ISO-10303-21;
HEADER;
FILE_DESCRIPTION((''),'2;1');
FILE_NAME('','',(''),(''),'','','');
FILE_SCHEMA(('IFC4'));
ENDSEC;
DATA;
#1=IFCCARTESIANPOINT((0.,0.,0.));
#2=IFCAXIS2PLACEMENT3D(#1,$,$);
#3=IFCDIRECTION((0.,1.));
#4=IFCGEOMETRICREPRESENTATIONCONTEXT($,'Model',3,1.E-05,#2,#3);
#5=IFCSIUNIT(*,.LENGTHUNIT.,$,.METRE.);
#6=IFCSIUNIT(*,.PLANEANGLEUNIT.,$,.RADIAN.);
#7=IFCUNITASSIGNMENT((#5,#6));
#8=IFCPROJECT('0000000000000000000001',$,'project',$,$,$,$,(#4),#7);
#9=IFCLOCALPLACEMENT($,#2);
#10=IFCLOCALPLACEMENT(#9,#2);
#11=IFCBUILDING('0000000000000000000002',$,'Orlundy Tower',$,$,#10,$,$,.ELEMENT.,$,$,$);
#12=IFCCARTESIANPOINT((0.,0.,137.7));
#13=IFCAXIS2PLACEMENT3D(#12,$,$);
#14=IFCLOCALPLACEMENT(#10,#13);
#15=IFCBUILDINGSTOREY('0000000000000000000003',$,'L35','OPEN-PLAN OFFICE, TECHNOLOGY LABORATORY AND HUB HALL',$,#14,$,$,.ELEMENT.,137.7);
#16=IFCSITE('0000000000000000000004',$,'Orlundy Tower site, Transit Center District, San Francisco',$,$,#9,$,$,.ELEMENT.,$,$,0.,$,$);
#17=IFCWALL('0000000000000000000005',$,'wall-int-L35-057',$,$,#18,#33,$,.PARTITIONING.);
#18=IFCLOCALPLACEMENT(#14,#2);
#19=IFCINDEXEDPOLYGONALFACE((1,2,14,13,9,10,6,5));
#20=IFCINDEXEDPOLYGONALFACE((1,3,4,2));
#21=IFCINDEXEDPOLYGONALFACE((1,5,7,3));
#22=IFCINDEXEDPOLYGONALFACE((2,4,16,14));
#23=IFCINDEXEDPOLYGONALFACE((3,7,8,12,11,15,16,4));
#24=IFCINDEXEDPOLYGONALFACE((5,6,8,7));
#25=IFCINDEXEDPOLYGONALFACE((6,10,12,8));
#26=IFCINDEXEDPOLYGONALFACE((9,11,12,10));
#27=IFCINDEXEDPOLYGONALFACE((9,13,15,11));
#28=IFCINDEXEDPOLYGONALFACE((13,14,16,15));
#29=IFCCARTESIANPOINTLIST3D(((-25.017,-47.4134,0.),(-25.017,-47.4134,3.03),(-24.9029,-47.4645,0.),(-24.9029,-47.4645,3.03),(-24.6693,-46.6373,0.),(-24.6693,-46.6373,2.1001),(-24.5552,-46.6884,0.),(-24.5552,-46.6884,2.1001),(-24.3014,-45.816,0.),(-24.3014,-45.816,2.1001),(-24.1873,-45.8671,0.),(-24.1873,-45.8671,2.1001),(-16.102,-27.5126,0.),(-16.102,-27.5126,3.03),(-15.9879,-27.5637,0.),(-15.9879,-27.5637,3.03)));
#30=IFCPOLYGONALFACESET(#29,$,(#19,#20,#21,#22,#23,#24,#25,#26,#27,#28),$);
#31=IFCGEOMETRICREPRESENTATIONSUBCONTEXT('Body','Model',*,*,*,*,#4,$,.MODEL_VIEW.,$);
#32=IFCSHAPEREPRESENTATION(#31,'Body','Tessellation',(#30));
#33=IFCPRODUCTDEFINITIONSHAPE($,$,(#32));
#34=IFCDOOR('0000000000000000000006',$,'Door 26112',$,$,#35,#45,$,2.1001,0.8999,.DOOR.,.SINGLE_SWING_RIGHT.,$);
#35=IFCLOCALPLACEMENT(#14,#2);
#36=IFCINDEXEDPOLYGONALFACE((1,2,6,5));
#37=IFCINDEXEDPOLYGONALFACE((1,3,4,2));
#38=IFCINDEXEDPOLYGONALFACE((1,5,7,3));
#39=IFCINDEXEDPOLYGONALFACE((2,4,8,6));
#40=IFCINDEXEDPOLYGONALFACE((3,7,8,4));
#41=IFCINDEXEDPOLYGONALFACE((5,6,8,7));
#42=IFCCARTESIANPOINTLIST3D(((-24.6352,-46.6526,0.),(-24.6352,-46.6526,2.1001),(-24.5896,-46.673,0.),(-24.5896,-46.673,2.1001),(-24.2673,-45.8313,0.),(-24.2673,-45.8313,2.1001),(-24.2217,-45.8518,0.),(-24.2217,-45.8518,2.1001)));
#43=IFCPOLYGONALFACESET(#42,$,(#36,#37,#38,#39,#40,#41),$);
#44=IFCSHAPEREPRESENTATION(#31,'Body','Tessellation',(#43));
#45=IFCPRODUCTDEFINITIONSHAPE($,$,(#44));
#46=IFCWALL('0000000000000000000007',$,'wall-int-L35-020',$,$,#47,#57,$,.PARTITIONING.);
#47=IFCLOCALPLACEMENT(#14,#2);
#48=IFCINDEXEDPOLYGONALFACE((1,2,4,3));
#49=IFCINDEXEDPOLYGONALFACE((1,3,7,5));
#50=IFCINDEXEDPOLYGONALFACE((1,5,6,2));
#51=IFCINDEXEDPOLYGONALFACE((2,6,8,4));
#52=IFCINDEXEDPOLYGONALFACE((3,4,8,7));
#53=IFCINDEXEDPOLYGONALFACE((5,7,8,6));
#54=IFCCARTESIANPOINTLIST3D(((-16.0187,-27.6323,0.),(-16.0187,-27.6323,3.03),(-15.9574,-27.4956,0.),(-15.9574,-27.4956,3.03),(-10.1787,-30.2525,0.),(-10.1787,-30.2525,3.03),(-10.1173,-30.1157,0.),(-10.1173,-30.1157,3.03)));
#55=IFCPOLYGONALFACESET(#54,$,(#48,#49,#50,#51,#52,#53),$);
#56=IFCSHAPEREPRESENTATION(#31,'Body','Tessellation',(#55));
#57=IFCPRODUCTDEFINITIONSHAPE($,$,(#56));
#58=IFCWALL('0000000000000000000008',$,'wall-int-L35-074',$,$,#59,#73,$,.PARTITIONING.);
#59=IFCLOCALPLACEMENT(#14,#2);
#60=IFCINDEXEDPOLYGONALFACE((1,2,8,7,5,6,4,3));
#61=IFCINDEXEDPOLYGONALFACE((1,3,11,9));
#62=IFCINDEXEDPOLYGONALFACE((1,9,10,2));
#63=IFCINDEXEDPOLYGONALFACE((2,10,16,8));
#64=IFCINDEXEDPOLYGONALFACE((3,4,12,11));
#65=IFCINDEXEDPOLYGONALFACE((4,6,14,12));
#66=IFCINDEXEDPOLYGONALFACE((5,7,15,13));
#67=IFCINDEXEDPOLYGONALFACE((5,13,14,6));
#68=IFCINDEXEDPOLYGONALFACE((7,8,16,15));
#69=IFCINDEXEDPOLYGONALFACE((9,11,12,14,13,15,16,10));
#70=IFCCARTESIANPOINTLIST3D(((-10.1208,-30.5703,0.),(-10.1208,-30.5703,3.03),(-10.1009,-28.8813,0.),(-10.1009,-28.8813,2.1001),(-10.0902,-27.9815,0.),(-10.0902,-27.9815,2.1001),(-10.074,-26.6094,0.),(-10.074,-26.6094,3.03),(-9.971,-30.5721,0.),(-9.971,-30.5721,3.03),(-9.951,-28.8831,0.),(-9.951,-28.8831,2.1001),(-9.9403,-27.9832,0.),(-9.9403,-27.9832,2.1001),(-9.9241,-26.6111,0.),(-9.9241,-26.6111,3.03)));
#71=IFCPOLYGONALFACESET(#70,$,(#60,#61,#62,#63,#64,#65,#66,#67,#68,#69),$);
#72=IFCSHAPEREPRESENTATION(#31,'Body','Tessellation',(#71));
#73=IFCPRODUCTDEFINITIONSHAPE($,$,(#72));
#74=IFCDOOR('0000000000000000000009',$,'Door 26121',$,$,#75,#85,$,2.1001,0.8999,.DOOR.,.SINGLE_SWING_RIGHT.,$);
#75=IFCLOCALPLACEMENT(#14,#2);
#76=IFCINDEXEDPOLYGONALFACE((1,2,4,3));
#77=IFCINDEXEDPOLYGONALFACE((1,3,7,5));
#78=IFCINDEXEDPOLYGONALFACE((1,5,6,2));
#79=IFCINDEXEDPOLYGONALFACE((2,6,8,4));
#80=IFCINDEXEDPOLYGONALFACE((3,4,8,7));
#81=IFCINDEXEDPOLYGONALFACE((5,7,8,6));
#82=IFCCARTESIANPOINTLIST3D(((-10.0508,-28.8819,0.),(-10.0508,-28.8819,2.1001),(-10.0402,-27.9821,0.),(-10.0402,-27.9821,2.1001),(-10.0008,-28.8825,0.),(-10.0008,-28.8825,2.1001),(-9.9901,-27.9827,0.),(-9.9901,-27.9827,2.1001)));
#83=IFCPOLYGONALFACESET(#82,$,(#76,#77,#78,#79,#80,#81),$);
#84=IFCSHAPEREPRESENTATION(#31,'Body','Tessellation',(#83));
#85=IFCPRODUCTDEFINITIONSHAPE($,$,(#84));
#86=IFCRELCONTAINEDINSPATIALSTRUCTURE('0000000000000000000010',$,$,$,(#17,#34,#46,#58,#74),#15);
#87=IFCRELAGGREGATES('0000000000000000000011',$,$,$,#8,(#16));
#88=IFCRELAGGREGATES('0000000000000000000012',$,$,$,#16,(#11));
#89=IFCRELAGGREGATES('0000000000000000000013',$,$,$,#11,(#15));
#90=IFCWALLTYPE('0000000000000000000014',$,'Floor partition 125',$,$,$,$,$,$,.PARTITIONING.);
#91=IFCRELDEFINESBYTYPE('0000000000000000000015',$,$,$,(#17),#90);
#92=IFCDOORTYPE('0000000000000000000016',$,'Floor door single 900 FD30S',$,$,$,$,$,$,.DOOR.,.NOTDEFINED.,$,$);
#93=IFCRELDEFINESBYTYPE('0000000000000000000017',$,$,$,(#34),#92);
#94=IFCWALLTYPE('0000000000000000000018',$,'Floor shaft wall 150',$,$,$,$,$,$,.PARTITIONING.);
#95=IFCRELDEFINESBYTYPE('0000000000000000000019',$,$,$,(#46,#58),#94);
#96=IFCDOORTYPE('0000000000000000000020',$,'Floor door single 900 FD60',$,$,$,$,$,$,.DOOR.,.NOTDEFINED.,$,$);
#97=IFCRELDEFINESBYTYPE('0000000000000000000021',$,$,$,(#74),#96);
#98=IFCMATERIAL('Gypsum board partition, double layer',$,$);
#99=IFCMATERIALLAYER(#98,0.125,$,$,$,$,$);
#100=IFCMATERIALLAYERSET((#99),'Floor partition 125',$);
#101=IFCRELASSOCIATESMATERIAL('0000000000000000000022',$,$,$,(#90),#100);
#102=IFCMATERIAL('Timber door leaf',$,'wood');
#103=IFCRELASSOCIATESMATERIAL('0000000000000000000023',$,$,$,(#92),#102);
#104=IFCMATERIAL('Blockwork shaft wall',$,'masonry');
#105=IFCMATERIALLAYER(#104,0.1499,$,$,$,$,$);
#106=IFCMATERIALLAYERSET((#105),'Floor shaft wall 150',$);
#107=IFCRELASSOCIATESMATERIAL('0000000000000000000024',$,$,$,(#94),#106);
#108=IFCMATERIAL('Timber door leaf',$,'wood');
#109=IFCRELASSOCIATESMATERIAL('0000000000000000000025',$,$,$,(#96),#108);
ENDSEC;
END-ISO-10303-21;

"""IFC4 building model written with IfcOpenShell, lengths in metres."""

from ifc_helpers import new_model, si_unit, direction, frame, frame_2d, origin, place, context, subcontext, project, spatial, rectangle, extrude, material, layer, layer_set, type_object, element, fill, save


model = new_model("IFC4")

# Units and contexts
model_context = context("Model", 3, precision=1e-05, world=origin(), true_north=direction((0.0, 1.0)))
body_context = subcontext(model_context, "Body", "Model", "MODEL_VIEW")
ifc_project = project(units=[si_unit("LENGTHUNIT", "METRE"), si_unit("PLANEANGLEUNIT", "RADIAN")], contexts=[model_context])

# Site, building, storey
site_placement = place(None, origin())
site = spatial("IfcSite", under=ifc_project, at=site_placement, Name="Orlundy Tower site, Transit Center District, San Francisco", CompositionType="ELEMENT", RefElevation=0.0)
building_placement = place(site_placement, origin())
building = spatial("IfcBuilding", under=site, at=building_placement, Name="Orlundy Tower", CompositionType="ELEMENT")
storey_placement = place(building_placement, frame((0.0, 0.0, 137.7)))
storey = spatial("IfcBuildingStorey", under=building, at=storey_placement, Name="L35", Description="OPEN-PLAN OFFICE, TECHNOLOGY LABORATORY AND HUB HALL", CompositionType="ELEMENT", Elevation=137.7)

# Shared definitions
ifc_material_1 = material(Name="Gypsum board partition, double layer")
ifc_layer_1 = layer(ifc_material_1, 0.125)
ifc_layer_set_1 = layer_set([ifc_layer_1], Name="Floor partition 125")
wall_type_1 = type_object("IfcWallType", Name="Floor partition 125", PredefinedType="PARTITIONING", material=ifc_layer_set_1)

# Shared definitions
ifc_material_2 = material(Name="Timber door leaf", Category="wood")
door_type_1 = type_object("IfcDoorType", Name="Floor door single 900 FD30S", OperationType="NOTDEFINED", PredefinedType="DOOR", material=ifc_material_2)

# Wall, opening, door
wall_1_placement = place(storey_placement, frame((-16.0449, -27.5381, 0.0), z_axis=(0.0, 0.0, 1.0), x_axis=(-0.408825, -0.912613, 0.0)))
wall_1 = element("IfcWall", 1, at=wall_1_placement, inside=storey, type_object=wall_type_1, Name="wall-int-L35-057", PredefinedType="PARTITIONING", context=body_context, shape_type="SweptSolid", body=[
    extrude(rectangle(XDim=21.8064, YDim=0.125, at=frame_2d((10.9033, 0.0))), origin(), (0.0, 0.0, 1.0), 3.03),
])
opening_1_placement = place(wall_1_placement, frame((20.0562, 0.0, 0.0)))
opening_1 = element("IfcOpeningElement", 2, at=opening_1_placement, cuts=wall_1, PredefinedType="OPENING", context=body_context, shape_type="SweptSolid", body=[
    extrude(rectangle(XDim=0.8999, YDim=2.1001, at=frame_2d((0.45, 1.05))), frame((0.0, 0.0725, 0.0), z_axis=(0.0, -1.0, 0.0), x_axis=(1.0, 0.0, 0.0)), (0.0, 0.0, 1.0), 0.145),
])
door_1_placement = place(opening_1_placement, origin())
door_1 = element("IfcDoor", 3, at=door_1_placement, inside=storey, type_object=door_type_1, Name="Door 26112", OperationType="SINGLE_SWING_RIGHT", OverallHeight=2.1001, OverallWidth=0.8999, PredefinedType="DOOR", context=body_context, shape_type="SweptSolid", body=[
    extrude(rectangle(XDim=0.8999, YDim=2.1001, at=frame_2d((0.45, 1.05))), frame((0.0, 0.0249, 0.0), z_axis=(0.0, -1.0, 0.0), x_axis=(1.0, 0.0, 0.0)), (0.0, 0.0, 1.0), 0.05),
])
fill(opening_1, door_1)

# Wall
ifc_material_3 = material(Name="Blockwork shaft wall", Category="masonry")
ifc_layer_2 = layer(ifc_material_3, 0.1499)
ifc_layer_set_2 = layer_set([ifc_layer_2], Name="Floor shaft wall 150")
wall_type_2 = type_object("IfcWallType", Name="Floor shaft wall 150", PredefinedType="PARTITIONING", material=ifc_layer_set_2)
wall_2_placement = place(storey_placement, frame((-15.988, -27.564, 0.0), z_axis=(0.0, 0.0, 1.0), x_axis=(0.912384, -0.409335, 0.0)))
element("IfcWall", 4, at=wall_2_placement, inside=storey, type_object=wall_type_2, Name="wall-int-L35-020", PredefinedType="PARTITIONING", context=body_context, shape_type="SweptSolid", body=[
    extrude(rectangle(XDim=6.4009, YDim=0.1499, at=frame_2d((3.2004, 0.0))), origin(), (0.0, 0.0, 1.0), 3.03),
])

# Wall, opening, door
wall_3_placement = place(storey_placement, frame((-10.0459, -30.571, 0.0), z_axis=(0.0, 0.0, 1.0), x_axis=(0.011833, 0.99993, 0.0)))
wall_3 = element("IfcWall", 5, at=wall_3_placement, inside=storey, type_object=wall_type_2, Name="wall-int-L35-074", PredefinedType="PARTITIONING", context=body_context, shape_type="SweptSolid", body=[
    extrude(rectangle(XDim=3.9612, YDim=0.1499, at=frame_2d((1.9805, 0.0))), origin(), (0.0, 0.0, 1.0), 3.03),
])
opening_2_placement = place(wall_3_placement, frame((1.689, 0.0, 0.0)))
opening_2 = element("IfcOpeningElement", 6, at=opening_2_placement, cuts=wall_3, PredefinedType="OPENING", context=body_context, shape_type="SweptSolid", body=[
    extrude(rectangle(XDim=0.8999, YDim=2.1001, at=frame_2d((0.45, 1.05))), frame((0.0, 0.085, 0.0), z_axis=(0.0, -1.0, 0.0), x_axis=(1.0, 0.0, 0.0)), (0.0, 0.0, 1.0), 0.1699),
])
ifc_material_4 = material(Name="Timber door leaf", Category="wood")
door_type_2 = type_object("IfcDoorType", Name="Floor door single 900 FD60", OperationType="NOTDEFINED", PredefinedType="DOOR", material=ifc_material_4)
door_2_placement = place(opening_2_placement, origin())
door_2 = element("IfcDoor", 7, at=door_2_placement, inside=storey, type_object=door_type_2, Name="Door 26121", OperationType="SINGLE_SWING_RIGHT", OverallHeight=2.1001, OverallWidth=0.8999, PredefinedType="DOOR", context=body_context, shape_type="SweptSolid", body=[
    extrude(rectangle(XDim=0.8999, YDim=2.1001, at=frame_2d((0.45, 1.05))), frame((0.0, 0.0249, 0.0), z_axis=(0.0, -1.0, 0.0), x_axis=(1.0, 0.0, 0.0)), (0.0, 0.0, 1.0), 0.05),
])
fill(opening_2, door_2)

save(model, "model.ifc")
